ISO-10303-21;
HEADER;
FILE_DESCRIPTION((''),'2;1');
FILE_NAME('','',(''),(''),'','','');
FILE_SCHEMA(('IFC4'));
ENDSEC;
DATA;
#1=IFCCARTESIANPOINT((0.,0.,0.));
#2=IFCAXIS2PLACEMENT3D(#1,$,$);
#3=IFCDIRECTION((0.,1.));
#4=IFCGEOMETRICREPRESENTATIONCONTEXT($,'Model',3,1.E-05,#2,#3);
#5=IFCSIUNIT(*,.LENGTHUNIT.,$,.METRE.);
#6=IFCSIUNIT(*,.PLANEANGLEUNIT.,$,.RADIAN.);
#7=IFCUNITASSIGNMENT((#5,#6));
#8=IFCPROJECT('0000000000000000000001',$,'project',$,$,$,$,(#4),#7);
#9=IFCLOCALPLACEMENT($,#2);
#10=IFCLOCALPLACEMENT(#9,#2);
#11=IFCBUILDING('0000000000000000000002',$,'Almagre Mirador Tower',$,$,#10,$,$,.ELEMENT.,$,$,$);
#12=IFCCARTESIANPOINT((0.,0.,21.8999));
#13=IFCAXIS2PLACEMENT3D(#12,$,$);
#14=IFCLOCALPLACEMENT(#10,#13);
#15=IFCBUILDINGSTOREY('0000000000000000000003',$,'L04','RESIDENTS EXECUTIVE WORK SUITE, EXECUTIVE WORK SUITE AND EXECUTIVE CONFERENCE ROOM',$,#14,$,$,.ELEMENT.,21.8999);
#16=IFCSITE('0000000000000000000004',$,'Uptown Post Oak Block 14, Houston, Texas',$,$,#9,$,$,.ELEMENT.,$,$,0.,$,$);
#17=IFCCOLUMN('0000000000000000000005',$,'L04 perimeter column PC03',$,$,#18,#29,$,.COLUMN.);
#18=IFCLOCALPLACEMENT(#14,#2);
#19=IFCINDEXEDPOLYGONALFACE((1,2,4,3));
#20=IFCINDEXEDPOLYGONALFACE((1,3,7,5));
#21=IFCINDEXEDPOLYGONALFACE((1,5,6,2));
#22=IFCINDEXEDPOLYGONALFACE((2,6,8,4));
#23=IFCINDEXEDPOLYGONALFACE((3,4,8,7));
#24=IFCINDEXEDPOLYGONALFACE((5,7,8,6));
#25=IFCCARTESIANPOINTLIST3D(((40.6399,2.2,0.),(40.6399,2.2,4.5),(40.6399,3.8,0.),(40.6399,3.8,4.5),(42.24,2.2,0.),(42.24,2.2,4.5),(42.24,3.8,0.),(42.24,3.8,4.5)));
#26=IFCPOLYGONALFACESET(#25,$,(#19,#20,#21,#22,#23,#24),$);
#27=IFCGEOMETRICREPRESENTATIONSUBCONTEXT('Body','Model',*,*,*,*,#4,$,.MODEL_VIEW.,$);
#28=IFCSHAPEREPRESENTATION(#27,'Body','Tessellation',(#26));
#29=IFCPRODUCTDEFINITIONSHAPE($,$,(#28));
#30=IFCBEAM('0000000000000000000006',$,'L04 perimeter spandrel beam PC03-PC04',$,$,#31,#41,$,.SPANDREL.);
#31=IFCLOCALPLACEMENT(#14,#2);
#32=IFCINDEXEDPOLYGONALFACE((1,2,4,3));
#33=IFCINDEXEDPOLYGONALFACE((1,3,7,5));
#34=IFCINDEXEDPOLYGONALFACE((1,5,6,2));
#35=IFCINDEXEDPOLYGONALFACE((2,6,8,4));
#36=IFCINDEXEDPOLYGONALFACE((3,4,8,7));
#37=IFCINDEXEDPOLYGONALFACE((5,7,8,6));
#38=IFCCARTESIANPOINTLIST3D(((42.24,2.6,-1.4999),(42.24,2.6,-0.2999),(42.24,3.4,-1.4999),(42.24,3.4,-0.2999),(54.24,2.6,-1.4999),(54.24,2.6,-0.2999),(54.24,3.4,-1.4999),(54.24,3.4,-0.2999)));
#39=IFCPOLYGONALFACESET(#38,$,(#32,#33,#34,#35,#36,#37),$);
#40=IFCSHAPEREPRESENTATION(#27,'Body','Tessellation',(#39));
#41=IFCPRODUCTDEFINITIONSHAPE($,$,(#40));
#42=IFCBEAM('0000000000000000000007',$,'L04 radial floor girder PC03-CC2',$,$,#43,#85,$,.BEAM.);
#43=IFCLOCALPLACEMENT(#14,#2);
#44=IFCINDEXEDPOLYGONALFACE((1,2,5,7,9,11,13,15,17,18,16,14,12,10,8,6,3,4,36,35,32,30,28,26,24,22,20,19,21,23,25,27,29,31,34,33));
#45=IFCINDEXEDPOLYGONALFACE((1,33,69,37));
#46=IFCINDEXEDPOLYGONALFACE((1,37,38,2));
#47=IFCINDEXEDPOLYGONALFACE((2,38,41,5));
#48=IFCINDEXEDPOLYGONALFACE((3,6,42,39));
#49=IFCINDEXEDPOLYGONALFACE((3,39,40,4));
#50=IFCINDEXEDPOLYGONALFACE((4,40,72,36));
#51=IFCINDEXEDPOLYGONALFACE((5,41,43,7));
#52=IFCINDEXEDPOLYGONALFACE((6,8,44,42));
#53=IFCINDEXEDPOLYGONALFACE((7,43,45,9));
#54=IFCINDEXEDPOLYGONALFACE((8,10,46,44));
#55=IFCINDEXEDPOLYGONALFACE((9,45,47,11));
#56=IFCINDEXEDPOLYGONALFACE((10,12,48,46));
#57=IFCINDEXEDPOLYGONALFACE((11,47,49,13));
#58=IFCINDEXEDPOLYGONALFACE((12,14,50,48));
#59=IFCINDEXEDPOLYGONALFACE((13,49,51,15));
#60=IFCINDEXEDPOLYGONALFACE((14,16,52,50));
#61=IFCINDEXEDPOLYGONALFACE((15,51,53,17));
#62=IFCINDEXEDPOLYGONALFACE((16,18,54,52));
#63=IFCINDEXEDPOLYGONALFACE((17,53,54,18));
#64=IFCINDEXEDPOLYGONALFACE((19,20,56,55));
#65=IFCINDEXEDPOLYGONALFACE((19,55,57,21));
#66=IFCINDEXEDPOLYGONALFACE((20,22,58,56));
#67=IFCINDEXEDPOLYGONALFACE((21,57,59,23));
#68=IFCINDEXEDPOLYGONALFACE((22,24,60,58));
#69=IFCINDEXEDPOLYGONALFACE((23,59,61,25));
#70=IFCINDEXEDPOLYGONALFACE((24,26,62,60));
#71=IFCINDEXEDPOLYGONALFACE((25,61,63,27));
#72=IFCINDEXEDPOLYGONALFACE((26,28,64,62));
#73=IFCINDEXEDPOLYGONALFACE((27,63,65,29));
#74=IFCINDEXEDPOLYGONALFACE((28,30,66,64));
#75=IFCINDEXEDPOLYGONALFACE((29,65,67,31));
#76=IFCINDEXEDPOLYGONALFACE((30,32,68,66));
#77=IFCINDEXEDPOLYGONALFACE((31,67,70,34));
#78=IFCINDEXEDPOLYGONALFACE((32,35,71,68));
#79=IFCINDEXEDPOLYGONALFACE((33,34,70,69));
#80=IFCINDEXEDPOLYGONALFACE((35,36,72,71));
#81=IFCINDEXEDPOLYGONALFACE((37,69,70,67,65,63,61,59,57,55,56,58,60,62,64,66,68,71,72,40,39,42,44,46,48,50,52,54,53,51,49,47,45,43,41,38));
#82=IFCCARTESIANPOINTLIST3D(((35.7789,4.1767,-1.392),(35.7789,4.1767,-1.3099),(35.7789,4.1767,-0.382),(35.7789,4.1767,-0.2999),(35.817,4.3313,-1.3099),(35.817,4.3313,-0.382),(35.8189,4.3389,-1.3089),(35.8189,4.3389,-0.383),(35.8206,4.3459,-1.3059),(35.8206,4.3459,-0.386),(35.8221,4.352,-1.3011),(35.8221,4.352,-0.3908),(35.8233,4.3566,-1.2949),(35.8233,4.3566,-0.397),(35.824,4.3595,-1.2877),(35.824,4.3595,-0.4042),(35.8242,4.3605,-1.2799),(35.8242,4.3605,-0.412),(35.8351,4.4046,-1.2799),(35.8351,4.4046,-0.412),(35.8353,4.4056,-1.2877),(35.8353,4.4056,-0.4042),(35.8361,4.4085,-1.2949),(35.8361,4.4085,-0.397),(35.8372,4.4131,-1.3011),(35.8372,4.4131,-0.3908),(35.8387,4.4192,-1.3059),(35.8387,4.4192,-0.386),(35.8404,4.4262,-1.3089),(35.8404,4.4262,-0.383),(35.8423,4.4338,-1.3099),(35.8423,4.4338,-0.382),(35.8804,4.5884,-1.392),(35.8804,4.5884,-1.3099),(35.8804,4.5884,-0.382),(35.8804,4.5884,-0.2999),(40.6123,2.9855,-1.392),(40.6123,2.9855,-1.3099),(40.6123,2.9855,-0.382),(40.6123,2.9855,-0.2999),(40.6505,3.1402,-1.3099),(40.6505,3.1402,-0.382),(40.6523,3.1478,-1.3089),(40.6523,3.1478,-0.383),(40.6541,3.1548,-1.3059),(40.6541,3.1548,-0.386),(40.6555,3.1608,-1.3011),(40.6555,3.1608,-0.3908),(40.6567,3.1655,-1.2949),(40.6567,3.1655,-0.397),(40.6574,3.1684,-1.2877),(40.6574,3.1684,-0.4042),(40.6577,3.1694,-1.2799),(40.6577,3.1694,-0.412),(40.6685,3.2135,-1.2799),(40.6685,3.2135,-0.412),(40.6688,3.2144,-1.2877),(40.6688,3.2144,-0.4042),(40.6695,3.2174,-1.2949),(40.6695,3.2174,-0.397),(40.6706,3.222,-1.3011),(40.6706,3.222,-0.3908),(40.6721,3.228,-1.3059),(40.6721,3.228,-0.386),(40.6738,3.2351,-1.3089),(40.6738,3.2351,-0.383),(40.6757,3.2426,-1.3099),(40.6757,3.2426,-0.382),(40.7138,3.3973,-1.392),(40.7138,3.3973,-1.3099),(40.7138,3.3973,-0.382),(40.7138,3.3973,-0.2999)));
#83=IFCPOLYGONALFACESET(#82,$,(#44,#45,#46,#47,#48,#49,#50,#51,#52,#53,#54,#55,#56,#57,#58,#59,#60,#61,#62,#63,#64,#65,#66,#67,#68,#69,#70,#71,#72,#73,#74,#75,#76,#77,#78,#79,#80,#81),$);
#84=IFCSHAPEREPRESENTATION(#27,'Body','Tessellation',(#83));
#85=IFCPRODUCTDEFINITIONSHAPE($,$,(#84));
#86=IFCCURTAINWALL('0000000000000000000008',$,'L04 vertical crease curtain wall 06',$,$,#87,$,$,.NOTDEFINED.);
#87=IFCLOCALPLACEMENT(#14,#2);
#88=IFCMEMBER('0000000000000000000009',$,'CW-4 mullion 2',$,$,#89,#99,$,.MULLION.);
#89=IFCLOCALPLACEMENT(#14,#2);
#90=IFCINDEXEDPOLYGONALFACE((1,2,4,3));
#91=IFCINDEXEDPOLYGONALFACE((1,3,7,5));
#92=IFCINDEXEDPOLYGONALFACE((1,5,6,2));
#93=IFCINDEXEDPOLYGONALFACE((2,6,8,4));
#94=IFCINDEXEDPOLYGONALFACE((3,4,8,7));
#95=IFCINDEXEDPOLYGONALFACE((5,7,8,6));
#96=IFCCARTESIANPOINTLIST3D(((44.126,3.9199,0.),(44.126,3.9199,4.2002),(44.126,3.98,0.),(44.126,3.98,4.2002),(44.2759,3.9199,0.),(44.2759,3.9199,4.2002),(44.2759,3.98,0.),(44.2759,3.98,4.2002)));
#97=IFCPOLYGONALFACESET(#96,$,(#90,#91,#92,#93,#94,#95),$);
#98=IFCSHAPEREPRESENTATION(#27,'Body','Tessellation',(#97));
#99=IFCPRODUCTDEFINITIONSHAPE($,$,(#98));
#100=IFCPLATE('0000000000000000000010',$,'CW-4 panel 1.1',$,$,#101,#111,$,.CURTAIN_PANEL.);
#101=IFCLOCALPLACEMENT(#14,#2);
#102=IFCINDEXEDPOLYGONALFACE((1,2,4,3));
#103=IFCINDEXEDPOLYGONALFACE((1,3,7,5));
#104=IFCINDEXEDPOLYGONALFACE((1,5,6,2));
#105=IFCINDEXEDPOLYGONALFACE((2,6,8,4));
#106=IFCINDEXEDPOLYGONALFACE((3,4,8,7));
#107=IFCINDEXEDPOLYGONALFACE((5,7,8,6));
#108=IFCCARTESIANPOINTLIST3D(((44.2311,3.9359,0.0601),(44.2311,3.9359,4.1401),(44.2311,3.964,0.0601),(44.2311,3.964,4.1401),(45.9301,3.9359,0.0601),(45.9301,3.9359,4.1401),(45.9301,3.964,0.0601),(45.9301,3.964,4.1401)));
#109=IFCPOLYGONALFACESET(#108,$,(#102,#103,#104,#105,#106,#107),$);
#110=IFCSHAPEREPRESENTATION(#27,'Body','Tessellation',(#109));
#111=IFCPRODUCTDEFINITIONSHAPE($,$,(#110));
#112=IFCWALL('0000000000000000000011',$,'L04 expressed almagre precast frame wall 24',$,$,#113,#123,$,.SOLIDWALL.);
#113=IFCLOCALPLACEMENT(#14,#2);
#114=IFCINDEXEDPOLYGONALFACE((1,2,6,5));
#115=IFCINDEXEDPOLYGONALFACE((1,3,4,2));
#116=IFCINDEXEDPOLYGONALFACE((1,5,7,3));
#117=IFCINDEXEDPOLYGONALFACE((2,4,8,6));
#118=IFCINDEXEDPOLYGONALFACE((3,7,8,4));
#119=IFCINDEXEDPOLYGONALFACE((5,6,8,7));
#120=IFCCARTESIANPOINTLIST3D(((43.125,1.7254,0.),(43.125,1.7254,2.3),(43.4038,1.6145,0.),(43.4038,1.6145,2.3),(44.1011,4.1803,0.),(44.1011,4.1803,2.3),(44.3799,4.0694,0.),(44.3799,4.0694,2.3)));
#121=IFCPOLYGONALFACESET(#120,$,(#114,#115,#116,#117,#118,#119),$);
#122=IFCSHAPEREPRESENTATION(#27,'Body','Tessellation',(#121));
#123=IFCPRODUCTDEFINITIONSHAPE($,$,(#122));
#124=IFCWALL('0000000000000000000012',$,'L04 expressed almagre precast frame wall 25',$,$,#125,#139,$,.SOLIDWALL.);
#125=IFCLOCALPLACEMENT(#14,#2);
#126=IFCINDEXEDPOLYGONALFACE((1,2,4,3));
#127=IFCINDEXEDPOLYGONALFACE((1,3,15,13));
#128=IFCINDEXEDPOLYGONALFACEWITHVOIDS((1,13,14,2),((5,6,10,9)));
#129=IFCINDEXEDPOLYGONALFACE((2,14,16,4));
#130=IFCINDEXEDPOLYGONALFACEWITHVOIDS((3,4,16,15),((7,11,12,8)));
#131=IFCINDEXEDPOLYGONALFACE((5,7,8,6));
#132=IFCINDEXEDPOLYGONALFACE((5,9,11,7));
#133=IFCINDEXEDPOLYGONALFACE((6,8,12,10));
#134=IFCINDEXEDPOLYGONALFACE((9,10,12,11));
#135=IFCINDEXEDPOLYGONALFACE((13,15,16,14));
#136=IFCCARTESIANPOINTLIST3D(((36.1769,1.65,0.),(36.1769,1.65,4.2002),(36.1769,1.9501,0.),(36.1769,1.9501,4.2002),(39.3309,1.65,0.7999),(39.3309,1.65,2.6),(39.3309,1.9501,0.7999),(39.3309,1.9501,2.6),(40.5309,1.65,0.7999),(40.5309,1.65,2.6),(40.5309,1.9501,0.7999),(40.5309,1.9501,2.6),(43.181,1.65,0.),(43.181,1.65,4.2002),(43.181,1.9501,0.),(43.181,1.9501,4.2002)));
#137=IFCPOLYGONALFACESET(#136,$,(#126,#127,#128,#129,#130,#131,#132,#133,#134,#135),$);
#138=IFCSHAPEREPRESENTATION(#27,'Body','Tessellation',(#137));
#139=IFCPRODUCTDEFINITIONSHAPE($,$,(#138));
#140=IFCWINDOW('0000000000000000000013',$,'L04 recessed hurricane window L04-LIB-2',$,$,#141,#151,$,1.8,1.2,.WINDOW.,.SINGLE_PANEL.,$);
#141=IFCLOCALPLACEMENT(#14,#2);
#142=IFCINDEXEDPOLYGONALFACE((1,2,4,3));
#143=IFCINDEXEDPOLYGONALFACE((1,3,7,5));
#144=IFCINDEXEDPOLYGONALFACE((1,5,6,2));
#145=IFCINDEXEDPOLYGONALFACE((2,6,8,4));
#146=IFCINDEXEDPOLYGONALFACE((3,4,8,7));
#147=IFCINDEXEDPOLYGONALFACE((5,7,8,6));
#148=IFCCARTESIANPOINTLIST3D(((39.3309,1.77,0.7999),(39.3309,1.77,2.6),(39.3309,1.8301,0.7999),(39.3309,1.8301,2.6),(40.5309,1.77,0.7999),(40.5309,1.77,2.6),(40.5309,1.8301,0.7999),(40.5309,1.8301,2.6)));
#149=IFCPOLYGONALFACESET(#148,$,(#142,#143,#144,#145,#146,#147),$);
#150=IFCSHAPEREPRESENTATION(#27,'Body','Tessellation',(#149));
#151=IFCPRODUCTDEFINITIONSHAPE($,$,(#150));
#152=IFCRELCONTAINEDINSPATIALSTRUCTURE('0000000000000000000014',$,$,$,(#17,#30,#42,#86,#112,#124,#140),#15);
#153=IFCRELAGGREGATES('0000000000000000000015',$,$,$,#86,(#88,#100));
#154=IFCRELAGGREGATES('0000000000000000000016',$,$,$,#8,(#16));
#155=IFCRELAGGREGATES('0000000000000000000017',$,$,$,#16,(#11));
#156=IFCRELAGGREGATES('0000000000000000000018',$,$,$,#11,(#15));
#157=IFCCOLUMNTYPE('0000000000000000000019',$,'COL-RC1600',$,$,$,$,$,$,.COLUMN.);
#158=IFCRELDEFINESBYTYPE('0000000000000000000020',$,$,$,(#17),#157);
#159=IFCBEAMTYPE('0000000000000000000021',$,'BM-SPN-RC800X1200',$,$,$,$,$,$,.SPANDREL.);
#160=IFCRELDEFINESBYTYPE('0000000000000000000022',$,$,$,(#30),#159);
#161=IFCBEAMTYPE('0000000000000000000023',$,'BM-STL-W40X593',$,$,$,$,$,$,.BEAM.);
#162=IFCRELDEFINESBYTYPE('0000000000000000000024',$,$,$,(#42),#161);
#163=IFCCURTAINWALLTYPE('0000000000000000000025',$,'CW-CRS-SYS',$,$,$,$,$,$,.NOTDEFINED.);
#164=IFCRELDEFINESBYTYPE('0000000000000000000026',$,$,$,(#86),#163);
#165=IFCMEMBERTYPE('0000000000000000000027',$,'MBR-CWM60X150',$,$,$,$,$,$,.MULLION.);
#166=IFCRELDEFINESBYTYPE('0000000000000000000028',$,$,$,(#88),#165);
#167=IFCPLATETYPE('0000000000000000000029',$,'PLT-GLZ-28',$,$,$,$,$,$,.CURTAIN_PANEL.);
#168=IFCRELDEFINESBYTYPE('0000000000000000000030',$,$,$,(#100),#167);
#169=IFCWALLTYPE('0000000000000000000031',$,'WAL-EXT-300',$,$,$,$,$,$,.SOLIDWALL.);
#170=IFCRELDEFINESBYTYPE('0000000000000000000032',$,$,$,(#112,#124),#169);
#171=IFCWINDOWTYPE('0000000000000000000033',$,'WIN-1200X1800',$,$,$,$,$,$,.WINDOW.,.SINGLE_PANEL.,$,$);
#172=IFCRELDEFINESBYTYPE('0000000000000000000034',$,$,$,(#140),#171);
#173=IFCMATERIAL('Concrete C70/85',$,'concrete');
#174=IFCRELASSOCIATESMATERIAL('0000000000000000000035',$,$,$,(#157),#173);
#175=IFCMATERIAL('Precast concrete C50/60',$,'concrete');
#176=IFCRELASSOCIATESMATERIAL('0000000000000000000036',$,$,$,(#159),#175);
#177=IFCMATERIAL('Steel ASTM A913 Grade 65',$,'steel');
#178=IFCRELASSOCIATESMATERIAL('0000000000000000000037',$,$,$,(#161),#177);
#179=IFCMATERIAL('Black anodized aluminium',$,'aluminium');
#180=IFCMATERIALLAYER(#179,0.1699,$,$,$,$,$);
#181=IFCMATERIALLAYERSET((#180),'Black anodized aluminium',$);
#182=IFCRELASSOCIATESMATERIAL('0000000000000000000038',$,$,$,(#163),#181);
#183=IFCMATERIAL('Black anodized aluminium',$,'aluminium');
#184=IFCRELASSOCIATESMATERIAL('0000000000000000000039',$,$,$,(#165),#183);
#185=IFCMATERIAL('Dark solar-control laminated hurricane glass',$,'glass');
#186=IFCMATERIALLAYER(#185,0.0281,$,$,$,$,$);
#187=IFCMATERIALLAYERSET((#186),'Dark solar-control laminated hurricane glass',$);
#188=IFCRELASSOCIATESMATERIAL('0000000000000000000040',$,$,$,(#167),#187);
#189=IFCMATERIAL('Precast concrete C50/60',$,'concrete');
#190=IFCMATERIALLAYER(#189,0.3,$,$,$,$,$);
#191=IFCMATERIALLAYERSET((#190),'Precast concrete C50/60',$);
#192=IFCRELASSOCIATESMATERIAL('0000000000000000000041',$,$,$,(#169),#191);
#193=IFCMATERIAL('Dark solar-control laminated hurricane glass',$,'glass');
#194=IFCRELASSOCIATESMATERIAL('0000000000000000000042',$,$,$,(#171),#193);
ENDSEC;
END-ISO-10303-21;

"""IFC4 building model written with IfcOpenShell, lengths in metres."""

from ifc_helpers import new_model, si_unit, direction, frame, frame_2d, origin, origin_2d, place, context, subcontext, project, spatial, rectangle, i_section, extrude, material, layer, layer_set, material_profile, profile_set, type_object, element, fill, aggregate, save


model = new_model("IFC4")

# Units and contexts
model_context = context("Model", 3, precision=1e-05, world=origin(), true_north=direction((0.0, 1.0)))
body_context = subcontext(model_context, "Body", "Model", "MODEL_VIEW")
ifc_project = project(units=[si_unit("LENGTHUNIT", "METRE"), si_unit("PLANEANGLEUNIT", "RADIAN")], contexts=[model_context])

# Site, building, storey
site_placement = place(None, origin())
site = spatial("IfcSite", under=ifc_project, at=site_placement, Name="Uptown Post Oak Block 14, Houston, Texas", CompositionType="ELEMENT", RefElevation=0.0)
building_placement = place(site_placement, origin())
building = spatial("IfcBuilding", under=site, at=building_placement, Name="Almagre Mirador Tower", CompositionType="ELEMENT")
storey_placement = place(building_placement, frame((0.0, 0.0, 21.8999)))
storey = spatial("IfcBuildingStorey", under=building, at=storey_placement, Name="L04", Description="RESIDENTS EXECUTIVE WORK SUITE, EXECUTIVE WORK SUITE AND EXECUTIVE CONFERENCE ROOM", CompositionType="ELEMENT", Elevation=21.8999)

# Column
ifc_material_1 = material(Name="Concrete C70/85", Category="concrete")
ifc_material_profile_1 = material_profile(ifc_material_1, rectangle(XDim=1.6001, YDim=1.6001, at=origin_2d()), Name="RC1600X1600")
ifc_profile_set_1 = profile_set([ifc_material_profile_1], Name="Concrete C70/85")
column_type = type_object("IfcColumnType", Name="COL-RC1600", PredefinedType="COLUMN", material=ifc_profile_set_1)
column_placement = place(storey_placement, frame((41.4399, 3.0, 0.0), z_axis=(0.0, 0.0, 1.0), x_axis=(1.0, 0.0, 0.0)))
element("IfcColumn", 1, at=column_placement, inside=storey, type_object=column_type, Name="L04 perimeter column PC03", PredefinedType="COLUMN", context=body_context, shape_type="SweptSolid", body=[
    extrude(rectangle(XDim=1.6001, YDim=1.6001, at=origin_2d()), origin(), (0.0, 0.0, 1.0), 4.5),
])

# Beams
ifc_material_2 = material(Name="Precast concrete C50/60", Category="concrete")
ifc_material_profile_2 = material_profile(ifc_material_2, rectangle(XDim=0.8, YDim=1.2, at=origin_2d()), Name="RC800X1200")
ifc_profile_set_2 = profile_set([ifc_material_profile_2], Name="Precast concrete C50/60")
beam_type_1 = type_object("IfcBeamType", Name="BM-SPN-RC800X1200", PredefinedType="SPANDREL", material=ifc_profile_set_2)
beam_1_placement = place(storey_placement, frame((42.24, 3.0, -0.8999), z_axis=(1.0, 0.0, 0.0), x_axis=(0.0, 1.0, 0.0)))
element("IfcBeam", 2, at=beam_1_placement, inside=storey, type_object=beam_type_1, Name="L04 perimeter spandrel beam PC03-PC04", PredefinedType="SPANDREL", context=body_context, shape_type="SweptSolid", body=[
    extrude(rectangle(XDim=0.8, YDim=1.2, at=origin_2d()), origin(), (0.0, 0.0, 1.0), 12.0),
])
ifc_material_3 = material(Name="Steel ASTM A913 Grade 65", Category="steel")
ifc_material_profile_3 = material_profile(ifc_material_3, i_section(OverallWidth=0.4241, OverallDepth=1.092, WebThickness=0.0454, FlangeThickness=0.082, FilletRadius=0.03, at=origin_2d()), Name="W40X593")
ifc_profile_set_3 = profile_set([ifc_material_profile_3], Name="Steel ASTM A913 Grade 65")
beam_type_2 = type_object("IfcBeamType", Name="BM-STL-W40X593", PredefinedType="BEAM", material=ifc_profile_set_3)
beam_2_placement = place(storey_placement, frame((40.6631, 3.1914, -0.8459), z_axis=(-0.970951, 0.23928, 0.0), x_axis=(-0.23928, -0.970951, 0.0)))
element("IfcBeam", 3, at=beam_2_placement, inside=storey, type_object=beam_type_2, Name="L04 radial floor girder PC03-CC2", PredefinedType="BEAM", context=body_context, shape_type="SweptSolid", body=[
    extrude(i_section(OverallWidth=0.4241, OverallDepth=1.092, WebThickness=0.0454, FlangeThickness=0.082, FilletRadius=0.03, at=origin_2d()), origin(), (0.0, 0.0, 1.0), 4.978),
])

# Curtain wall, member, plate
ifc_material_4 = material(Name="Black anodized aluminium", Category="aluminium")
ifc_layer_1 = layer(ifc_material_4, 0.1699)
ifc_layer_set_1 = layer_set([ifc_layer_1], Name="Black anodized aluminium")
curtain_wall_type = type_object("IfcCurtainWallType", Name="CW-CRS-SYS", PredefinedType="NOTDEFINED", material=ifc_layer_set_1)
curtain_wall_placement = place(storey_placement, origin())
curtain_wall = element("IfcCurtainWall", 4, at=curtain_wall_placement, inside=storey, type_object=curtain_wall_type, Name="L04 vertical crease curtain wall 06", PredefinedType="NOTDEFINED")
ifc_material_5 = material(Name="Black anodized aluminium", Category="aluminium")
ifc_material_profile_4 = material_profile(ifc_material_5, rectangle(XDim=0.0601, YDim=0.1499, at=origin_2d()), Name="CWM60X150")
ifc_profile_set_4 = profile_set([ifc_material_profile_4], Name="Black anodized aluminium")
member_type = type_object("IfcMemberType", Name="MBR-CWM60X150", PredefinedType="MULLION", material=ifc_profile_set_4)
member_placement = place(storey_placement, frame((44.2009, 3.95, 0.0), z_axis=(0.0, 0.0, 1.0), x_axis=(0.0, -1.0, 0.0)))
member = element("IfcMember", 5, at=member_placement, type_object=member_type, Name="CW-4 mullion 2", PredefinedType="MULLION", context=body_context, shape_type="SweptSolid", body=[
    extrude(rectangle(XDim=0.0601, YDim=0.1499, at=origin_2d()), origin(), (0.0, 0.0, 1.0), 4.2002),
])
ifc_material_6 = material(Name="Dark solar-control laminated hurricane glass", Category="glass")
ifc_layer_2 = layer(ifc_material_6, 0.0281)
ifc_layer_set_2 = layer_set([ifc_layer_2], Name="Dark solar-control laminated hurricane glass")
plate_type = type_object("IfcPlateType", Name="PLT-GLZ-28", PredefinedType="CURTAIN_PANEL", material=ifc_layer_set_2)
plate_placement = place(storey_placement, frame((45.0806, 3.95, 0.0601), z_axis=(0.0, 0.0, 1.0), x_axis=(-1.0, 0.0, 0.0)))
plate = element("IfcPlate", 6, at=plate_placement, type_object=plate_type, Name="CW-4 panel 1.1", PredefinedType="CURTAIN_PANEL", context=body_context, shape_type="SweptSolid", body=[
    extrude(rectangle(XDim=1.699, YDim=0.0281, at=origin_2d()), origin(), (0.0, 0.0, 1.0), 4.0801),
])
aggregate(curtain_wall, [member, plate])

# Wall
ifc_material_7 = material(Name="Precast concrete C50/60", Category="concrete")
ifc_layer_3 = layer(ifc_material_7, 0.3)
ifc_layer_set_3 = layer_set([ifc_layer_3], Name="Precast concrete C50/60")
wall_type_1 = type_object("IfcWallType", Name="WAL-EXT-300", PredefinedType="SOLIDWALL", material=ifc_layer_set_3)
wall_1_placement = place(storey_placement, frame((44.2405, 4.1248, 0.0), z_axis=(0.0, 0.0, 1.0), x_axis=(-0.369478, -0.92924, 0.0)))
element("IfcWall", 7, at=wall_1_placement, inside=storey, type_object=wall_type_1, Name="L04 expressed almagre precast frame wall 24", PredefinedType="SOLIDWALL", context=body_context, shape_type="SweptSolid", body=[
    extrude(rectangle(XDim=2.6418, YDim=0.3, at=frame_2d((1.3208, 0.0))), origin(), (0.0, 0.0, 1.0), 2.3),
])

# Wall, opening, window
wall_2_placement = place(storey_placement, frame((43.1809, 1.8, 0.0), z_axis=(0.0, 0.0, 1.0), x_axis=(-1.0, 0.0, 0.0)))
wall_2 = element("IfcWall", 8, at=wall_2_placement, inside=storey, type_object=wall_type_1, Name="L04 expressed almagre precast frame wall 25", PredefinedType="SOLIDWALL", context=body_context, shape_type="SweptSolid", body=[
    extrude(rectangle(XDim=7.0042, YDim=0.3, at=frame_2d((3.502, 0.0))), origin(), (0.0, 0.0, 1.0), 4.2002),
])
opening_1_placement = place(wall_2_placement, frame((2.6499, 0.0, 0.8)))
opening_1 = element("IfcOpeningElement", 9, at=opening_1_placement, cuts=wall_2, PredefinedType="OPENING", context=body_context, shape_type="SweptSolid", body=[
    extrude(rectangle(XDim=1.2, YDim=1.8, at=frame_2d((0.6001, 0.8999))), frame((0.0, 0.1599, 0.0), z_axis=(0.0, -1.0, 0.0), x_axis=(1.0, 0.0, 0.0)), (0.0, 0.0, 1.0), 0.32),
])
ifc_material_8 = material(Name="Dark solar-control laminated hurricane glass", Category="glass")
window_type = type_object("IfcWindowType", Name="WIN-1200X1800", PartitioningType="SINGLE_PANEL", PredefinedType="WINDOW", material=ifc_material_8)
window_placement = place(opening_1_placement, origin())
window = element("IfcWindow", 10, at=window_placement, inside=storey, type_object=window_type, Name="L04 recessed hurricane window L04-LIB-2", OverallHeight=1.8, OverallWidth=1.2, PartitioningType="SINGLE_PANEL", PredefinedType="WINDOW", context=body_context, shape_type="SweptSolid", body=[
    extrude(rectangle(XDim=1.2, YDim=1.8, at=frame_2d((0.6001, 0.8999))), frame((0.0, 0.03, 0.0), z_axis=(0.0, -1.0, 0.0), x_axis=(1.0, 0.0, 0.0)), (0.0, 0.0, 1.0), 0.0601),
])
fill(opening_1, window)

save(model, "model.ifc")
